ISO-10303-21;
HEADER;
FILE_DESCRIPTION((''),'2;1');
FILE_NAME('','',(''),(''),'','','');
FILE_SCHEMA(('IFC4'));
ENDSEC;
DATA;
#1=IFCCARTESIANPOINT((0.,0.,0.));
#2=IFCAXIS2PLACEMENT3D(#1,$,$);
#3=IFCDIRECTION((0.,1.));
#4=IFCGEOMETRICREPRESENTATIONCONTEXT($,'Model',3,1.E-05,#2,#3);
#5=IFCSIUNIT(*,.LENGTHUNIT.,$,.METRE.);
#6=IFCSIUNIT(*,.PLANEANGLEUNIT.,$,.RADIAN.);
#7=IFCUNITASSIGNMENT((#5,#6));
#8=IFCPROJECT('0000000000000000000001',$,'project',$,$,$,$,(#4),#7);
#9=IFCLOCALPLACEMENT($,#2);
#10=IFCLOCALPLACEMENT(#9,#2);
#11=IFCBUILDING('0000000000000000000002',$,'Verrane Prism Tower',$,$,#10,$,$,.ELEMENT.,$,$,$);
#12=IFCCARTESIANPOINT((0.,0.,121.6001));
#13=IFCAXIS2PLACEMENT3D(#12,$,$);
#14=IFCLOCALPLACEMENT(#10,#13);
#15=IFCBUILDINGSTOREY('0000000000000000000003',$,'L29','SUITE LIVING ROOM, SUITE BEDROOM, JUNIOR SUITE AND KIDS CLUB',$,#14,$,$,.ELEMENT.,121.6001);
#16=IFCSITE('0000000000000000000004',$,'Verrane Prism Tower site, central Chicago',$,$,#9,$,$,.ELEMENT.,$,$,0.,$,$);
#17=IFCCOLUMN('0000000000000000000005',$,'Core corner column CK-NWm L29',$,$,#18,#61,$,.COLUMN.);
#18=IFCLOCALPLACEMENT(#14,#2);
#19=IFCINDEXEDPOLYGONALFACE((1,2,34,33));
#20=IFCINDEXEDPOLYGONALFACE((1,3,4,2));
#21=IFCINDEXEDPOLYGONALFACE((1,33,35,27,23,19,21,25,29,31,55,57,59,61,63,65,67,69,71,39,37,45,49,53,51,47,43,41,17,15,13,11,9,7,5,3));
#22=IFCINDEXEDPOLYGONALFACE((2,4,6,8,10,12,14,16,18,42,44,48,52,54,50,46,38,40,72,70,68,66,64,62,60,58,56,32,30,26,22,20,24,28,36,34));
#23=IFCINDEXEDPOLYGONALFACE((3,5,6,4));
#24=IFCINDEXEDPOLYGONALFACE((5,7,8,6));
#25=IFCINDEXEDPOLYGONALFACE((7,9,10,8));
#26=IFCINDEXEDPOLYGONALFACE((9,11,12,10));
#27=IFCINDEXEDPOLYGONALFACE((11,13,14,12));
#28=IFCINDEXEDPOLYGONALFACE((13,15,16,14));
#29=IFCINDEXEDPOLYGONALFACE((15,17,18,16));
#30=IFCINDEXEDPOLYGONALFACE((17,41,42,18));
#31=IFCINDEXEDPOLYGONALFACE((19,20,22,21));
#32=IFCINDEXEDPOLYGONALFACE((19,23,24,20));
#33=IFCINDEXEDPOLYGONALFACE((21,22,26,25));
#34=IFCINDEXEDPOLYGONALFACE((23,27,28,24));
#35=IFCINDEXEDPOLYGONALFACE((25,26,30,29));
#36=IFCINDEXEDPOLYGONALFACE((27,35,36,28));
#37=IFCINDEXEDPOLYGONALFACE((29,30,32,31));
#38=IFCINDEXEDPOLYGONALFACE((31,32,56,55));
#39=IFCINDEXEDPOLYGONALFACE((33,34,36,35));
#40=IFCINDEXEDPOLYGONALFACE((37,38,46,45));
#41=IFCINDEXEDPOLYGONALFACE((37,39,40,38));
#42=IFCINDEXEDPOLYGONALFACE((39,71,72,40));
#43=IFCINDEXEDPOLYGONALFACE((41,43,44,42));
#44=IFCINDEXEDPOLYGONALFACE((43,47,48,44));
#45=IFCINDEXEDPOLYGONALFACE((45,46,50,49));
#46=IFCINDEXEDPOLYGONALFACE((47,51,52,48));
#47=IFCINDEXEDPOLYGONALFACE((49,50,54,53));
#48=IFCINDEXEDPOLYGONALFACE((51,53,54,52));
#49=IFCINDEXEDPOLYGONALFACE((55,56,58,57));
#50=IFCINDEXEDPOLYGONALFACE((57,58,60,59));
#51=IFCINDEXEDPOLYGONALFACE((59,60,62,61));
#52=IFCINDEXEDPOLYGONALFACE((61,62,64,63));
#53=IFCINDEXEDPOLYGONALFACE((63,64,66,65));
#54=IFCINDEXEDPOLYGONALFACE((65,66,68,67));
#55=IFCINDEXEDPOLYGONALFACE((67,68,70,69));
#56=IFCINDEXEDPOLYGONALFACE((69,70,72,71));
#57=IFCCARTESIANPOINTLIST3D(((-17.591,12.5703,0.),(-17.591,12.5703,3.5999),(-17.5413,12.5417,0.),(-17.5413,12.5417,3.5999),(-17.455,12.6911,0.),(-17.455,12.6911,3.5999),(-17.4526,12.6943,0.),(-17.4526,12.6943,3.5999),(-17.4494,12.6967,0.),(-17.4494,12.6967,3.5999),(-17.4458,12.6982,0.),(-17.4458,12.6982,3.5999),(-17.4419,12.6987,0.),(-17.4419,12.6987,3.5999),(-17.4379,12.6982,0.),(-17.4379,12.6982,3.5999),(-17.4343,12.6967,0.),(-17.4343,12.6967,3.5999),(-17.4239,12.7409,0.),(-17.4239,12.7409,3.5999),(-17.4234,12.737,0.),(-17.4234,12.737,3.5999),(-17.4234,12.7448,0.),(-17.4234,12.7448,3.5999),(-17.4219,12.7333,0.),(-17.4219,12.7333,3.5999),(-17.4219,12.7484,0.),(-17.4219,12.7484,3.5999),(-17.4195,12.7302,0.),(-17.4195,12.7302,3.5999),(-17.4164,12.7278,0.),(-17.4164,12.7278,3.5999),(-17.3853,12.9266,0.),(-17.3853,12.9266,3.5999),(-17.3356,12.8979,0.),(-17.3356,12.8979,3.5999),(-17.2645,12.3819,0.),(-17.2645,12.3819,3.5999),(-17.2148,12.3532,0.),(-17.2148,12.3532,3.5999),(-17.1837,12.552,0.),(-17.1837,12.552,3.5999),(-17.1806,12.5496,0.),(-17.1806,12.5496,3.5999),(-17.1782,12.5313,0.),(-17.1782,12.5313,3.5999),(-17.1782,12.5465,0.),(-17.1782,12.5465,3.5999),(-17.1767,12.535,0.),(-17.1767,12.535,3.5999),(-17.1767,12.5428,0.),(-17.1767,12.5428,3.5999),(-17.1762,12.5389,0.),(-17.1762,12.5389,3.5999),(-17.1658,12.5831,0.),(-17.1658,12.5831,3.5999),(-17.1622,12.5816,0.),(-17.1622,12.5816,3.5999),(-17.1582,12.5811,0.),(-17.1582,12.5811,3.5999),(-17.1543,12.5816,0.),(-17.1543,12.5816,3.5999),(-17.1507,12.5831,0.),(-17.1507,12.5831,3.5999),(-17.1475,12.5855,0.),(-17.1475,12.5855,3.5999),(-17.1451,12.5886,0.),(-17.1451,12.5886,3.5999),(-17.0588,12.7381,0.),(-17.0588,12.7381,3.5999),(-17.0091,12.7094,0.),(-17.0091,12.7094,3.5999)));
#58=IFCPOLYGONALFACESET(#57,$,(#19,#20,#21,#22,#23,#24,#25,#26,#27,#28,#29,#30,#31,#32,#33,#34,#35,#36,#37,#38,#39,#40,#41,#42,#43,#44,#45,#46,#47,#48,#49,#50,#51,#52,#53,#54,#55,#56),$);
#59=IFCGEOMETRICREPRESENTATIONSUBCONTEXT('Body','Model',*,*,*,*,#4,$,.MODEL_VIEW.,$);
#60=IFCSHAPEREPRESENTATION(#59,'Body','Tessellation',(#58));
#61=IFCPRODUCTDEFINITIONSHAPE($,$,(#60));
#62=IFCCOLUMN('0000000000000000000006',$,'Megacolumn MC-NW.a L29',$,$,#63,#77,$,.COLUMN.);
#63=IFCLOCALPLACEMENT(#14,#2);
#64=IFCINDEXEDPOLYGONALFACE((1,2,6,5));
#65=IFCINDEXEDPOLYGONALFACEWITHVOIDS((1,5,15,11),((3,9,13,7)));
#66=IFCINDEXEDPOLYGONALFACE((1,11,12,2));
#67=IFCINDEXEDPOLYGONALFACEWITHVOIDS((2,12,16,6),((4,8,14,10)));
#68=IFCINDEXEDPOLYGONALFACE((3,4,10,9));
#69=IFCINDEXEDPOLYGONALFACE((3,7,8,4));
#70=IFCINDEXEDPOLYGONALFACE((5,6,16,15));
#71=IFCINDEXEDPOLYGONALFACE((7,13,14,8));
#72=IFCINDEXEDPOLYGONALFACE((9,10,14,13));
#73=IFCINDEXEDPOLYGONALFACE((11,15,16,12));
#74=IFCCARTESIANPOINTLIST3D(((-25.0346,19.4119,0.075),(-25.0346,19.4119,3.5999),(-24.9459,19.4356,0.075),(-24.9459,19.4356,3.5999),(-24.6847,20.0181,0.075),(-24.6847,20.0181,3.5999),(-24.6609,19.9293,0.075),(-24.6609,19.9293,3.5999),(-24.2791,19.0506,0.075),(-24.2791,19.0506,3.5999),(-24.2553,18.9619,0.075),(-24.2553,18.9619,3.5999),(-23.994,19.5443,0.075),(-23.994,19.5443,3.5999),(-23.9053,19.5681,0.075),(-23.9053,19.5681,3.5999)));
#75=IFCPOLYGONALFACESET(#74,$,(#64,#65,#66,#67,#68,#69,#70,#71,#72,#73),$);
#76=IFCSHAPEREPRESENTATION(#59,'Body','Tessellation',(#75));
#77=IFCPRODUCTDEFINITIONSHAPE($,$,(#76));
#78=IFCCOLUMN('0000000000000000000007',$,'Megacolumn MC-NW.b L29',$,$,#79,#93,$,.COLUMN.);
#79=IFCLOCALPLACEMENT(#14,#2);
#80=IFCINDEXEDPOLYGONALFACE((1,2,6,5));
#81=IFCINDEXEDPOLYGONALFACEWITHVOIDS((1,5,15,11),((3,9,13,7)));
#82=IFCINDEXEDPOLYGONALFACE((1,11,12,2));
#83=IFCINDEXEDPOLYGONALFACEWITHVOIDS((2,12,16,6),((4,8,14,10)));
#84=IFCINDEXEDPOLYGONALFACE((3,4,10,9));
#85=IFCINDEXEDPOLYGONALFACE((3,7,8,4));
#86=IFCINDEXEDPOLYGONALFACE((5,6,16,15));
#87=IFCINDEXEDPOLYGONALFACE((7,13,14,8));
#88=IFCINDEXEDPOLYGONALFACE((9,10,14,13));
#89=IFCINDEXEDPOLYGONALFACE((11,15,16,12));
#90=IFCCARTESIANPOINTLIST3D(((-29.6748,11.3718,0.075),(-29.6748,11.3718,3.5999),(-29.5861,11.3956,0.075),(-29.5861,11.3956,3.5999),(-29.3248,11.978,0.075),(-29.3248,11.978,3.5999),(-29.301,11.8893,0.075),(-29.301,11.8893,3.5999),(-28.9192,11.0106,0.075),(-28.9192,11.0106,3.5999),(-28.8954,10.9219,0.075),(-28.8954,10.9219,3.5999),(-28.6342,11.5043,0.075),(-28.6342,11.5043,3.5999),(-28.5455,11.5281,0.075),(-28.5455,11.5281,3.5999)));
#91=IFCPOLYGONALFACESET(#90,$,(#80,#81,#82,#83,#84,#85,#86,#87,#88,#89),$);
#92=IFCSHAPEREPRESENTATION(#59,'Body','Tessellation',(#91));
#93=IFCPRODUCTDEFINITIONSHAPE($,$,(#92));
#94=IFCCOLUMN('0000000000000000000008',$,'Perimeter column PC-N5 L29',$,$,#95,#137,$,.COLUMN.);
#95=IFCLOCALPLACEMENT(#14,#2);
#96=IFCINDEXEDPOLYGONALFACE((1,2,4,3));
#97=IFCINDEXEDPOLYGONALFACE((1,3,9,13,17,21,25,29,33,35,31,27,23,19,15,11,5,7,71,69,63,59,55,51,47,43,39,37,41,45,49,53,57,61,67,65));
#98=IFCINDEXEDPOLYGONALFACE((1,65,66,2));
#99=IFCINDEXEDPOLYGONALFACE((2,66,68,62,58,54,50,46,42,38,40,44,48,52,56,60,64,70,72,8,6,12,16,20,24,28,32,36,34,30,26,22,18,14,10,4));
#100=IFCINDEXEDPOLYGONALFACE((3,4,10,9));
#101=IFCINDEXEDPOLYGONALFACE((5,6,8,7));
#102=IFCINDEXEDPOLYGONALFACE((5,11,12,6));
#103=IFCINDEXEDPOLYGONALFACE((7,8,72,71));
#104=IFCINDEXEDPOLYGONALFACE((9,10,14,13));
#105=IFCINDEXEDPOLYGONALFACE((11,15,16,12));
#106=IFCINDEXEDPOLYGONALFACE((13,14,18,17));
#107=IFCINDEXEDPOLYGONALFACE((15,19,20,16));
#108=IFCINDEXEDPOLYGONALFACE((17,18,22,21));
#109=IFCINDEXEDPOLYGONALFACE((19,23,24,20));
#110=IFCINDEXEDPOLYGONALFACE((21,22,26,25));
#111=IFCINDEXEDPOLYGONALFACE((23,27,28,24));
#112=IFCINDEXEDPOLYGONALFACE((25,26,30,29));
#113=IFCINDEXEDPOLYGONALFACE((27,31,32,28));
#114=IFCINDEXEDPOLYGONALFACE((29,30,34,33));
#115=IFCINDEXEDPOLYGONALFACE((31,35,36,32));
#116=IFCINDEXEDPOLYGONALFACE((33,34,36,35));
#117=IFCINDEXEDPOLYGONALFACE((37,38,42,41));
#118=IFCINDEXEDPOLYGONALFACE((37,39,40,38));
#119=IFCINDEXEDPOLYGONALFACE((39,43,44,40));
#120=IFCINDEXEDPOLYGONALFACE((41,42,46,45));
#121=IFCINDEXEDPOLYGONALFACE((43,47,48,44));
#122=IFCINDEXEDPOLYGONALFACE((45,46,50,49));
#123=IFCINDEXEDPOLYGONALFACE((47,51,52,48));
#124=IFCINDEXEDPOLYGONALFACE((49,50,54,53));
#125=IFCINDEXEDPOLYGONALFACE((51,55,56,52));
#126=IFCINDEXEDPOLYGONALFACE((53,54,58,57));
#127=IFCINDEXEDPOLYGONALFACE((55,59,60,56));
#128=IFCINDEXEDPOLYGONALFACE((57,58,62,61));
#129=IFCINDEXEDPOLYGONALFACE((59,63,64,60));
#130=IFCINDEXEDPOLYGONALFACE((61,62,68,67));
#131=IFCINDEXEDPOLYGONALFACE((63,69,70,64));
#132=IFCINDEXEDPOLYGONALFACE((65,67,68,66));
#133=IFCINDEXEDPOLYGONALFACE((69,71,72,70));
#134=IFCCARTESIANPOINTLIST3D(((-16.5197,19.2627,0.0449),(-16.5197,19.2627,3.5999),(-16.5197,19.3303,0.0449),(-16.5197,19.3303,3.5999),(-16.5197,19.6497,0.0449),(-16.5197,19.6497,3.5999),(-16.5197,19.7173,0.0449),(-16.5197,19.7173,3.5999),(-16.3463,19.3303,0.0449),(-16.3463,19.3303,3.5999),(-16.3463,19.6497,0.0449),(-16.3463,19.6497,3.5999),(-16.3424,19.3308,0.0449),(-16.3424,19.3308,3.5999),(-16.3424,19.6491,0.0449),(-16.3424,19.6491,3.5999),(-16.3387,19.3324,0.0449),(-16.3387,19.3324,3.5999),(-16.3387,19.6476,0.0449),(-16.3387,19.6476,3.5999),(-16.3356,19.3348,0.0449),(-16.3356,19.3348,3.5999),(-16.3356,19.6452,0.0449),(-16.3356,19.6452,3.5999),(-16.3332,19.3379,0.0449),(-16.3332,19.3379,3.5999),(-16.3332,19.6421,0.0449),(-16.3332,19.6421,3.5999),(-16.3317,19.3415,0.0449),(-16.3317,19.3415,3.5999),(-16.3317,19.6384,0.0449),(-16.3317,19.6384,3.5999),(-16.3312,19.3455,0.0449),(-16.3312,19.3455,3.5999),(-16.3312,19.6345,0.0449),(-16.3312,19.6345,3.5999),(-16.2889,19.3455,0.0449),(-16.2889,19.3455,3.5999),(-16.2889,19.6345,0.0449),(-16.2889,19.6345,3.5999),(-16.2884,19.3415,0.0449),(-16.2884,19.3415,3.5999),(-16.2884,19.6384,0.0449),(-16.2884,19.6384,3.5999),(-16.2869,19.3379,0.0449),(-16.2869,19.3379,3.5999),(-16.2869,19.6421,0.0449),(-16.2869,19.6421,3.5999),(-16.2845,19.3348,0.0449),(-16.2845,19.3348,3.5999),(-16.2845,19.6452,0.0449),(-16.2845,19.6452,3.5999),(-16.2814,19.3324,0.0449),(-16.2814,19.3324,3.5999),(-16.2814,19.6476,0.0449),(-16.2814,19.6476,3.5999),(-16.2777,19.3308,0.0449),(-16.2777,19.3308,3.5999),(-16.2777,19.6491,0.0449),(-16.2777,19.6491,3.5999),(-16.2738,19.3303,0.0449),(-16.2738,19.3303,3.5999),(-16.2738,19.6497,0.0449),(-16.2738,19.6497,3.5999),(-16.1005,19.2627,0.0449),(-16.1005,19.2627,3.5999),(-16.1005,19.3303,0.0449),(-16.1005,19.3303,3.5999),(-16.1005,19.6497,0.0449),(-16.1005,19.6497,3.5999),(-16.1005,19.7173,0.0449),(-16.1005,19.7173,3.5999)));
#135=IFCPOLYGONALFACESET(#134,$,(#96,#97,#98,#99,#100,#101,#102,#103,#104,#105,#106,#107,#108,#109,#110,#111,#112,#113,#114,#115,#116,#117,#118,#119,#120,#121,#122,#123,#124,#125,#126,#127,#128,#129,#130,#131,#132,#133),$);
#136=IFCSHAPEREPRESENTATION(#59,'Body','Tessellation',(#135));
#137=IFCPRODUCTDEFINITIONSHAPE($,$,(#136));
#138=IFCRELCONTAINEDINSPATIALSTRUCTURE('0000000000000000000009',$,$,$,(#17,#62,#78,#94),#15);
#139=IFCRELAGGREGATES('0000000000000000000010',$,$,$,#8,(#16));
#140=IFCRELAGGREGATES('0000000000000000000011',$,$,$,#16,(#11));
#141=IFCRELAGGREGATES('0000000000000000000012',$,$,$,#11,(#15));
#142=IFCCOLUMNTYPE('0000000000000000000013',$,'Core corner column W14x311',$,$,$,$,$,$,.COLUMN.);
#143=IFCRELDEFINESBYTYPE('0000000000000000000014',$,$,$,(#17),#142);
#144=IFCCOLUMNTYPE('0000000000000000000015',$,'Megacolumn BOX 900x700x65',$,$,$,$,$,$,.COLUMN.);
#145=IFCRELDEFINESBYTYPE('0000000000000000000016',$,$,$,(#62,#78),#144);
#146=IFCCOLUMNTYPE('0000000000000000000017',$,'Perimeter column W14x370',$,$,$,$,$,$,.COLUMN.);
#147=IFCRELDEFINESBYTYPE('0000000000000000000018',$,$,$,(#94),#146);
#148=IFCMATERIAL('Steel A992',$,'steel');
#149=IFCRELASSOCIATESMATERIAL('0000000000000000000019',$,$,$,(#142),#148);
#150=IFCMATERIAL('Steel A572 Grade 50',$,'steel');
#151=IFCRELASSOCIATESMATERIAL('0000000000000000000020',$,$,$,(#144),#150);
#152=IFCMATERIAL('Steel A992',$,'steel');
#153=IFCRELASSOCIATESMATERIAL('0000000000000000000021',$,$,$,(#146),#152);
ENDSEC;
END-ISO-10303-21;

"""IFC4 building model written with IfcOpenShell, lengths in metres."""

from ifc_helpers import new_model, si_unit, direction, frame, origin, origin_2d, place, context, subcontext, project, spatial, hollow_rectangle, i_section, extrude, material, material_profile, profile_set, type_object, element, save


model = new_model("IFC4")

# Units and contexts
model_context = context("Model", 3, precision=1e-05, world=origin(), true_north=direction((0.0, 1.0)))
body_context = subcontext(model_context, "Body", "Model", "MODEL_VIEW")
ifc_project = project(units=[si_unit("LENGTHUNIT", "METRE"), si_unit("PLANEANGLEUNIT", "RADIAN")], contexts=[model_context])

# Site, building, storey
site_placement = place(None, origin())
site = spatial("IfcSite", under=ifc_project, at=site_placement, Name="Verrane Prism Tower site, central Chicago", CompositionType="ELEMENT", RefElevation=0.0)
building_placement = place(site_placement, origin())
building = spatial("IfcBuilding", under=site, at=building_placement, Name="Verrane Prism Tower", CompositionType="ELEMENT")
storey_placement = place(building_placement, frame((0.0, 0.0, 121.6001)))
storey = spatial("IfcBuildingStorey", under=building, at=storey_placement, Name="L29", Description="SUITE LIVING ROOM, SUITE BEDROOM, JUNIOR SUITE AND KIDS CLUB", CompositionType="ELEMENT", Elevation=121.6001)

# Columns
ifc_material_1 = material(Name="Steel A992", Category="steel")
ifc_material_profile_1 = material_profile(ifc_material_1, i_section(OverallWidth=0.4114, OverallDepth=0.4343, WebThickness=0.0359, FlangeThickness=0.0574, FilletRadius=0.0151, at=origin_2d()), Name="W14x311")
ifc_profile_set_1 = profile_set([ifc_material_profile_1], Name="Steel A992")
column_type_1 = type_object("IfcColumnType", Name="Core corner column W14x311", PredefinedType="COLUMN", material=ifc_profile_set_1)
column_1_placement = place(storey_placement, frame((-17.3, 12.6399, 0.0), z_axis=(0.0, 0.0, 1.0), x_axis=(0.5, 0.866025, 0.0)))
element("IfcColumn", 1, at=column_1_placement, inside=storey, type_object=column_type_1, Name="Core corner column CK-NWm L29", PredefinedType="COLUMN", context=body_context, shape_type="SweptSolid", body=[
    extrude(i_section(OverallWidth=0.4114, OverallDepth=0.4343, WebThickness=0.0359, FlangeThickness=0.0574, FilletRadius=0.0151, at=origin_2d()), origin(), (0.0, 0.0, 1.0), 3.5999),
])
ifc_material_2 = material(Name="Steel A572 Grade 50", Category="steel")
ifc_material_profile_2 = material_profile(ifc_material_2, hollow_rectangle(XDim=0.7, YDim=0.8999, WallThickness=0.0649, at=origin_2d()), Name="BOX 900x700x65")
ifc_profile_set_2 = profile_set([ifc_material_profile_2], Name="Steel A572 Grade 50")
column_type_2 = type_object("IfcColumnType", Name="Megacolumn BOX 900x700x65", PredefinedType="COLUMN", material=ifc_profile_set_2)
for number, where, z_axis, x_axis, name in (
    (2, (-24.47, 19.49, 0.075), (0.0, 0.0, 1.0), (0.5, 0.866025, 0.0), "Megacolumn MC-NW.a L29"),
    (3, (-29.1101, 11.45, 0.075), (0.0, 0.0, 1.0), (0.5, 0.866025, 0.0), "Megacolumn MC-NW.b L29"),
):
    element("IfcColumn", number, at=place(storey_placement, frame(where, z_axis=z_axis, x_axis=x_axis)), inside=storey, type_object=column_type_2, Name=name, PredefinedType="COLUMN", context=body_context, shape_type="SweptSolid", body=[
        extrude(hollow_rectangle(XDim=0.7, YDim=0.8999, WallThickness=0.0649, at=origin_2d()), origin(), (0.0, 0.0, 1.0), 3.5249),
    ])
ifc_material_3 = material(Name="Steel A992", Category="steel")
ifc_material_profile_3 = material_profile(ifc_material_3, i_section(OverallWidth=0.4192, OverallDepth=0.4546, WebThickness=0.0422, FlangeThickness=0.0676, FilletRadius=0.0151, at=origin_2d()), Name="W14x370")
ifc_profile_set_3 = profile_set([ifc_material_profile_3], Name="Steel A992")
column_type_3 = type_object("IfcColumnType", Name="Perimeter column W14x370", PredefinedType="COLUMN", material=ifc_profile_set_3)
column_2_placement = place(storey_placement, frame((-16.3101, 19.49, 0.0449), z_axis=(0.0, 0.0, 1.0), x_axis=(1.0, 0.0, 0.0)))
element("IfcColumn", 4, at=column_2_placement, inside=storey, type_object=column_type_3, Name="Perimeter column PC-N5 L29", PredefinedType="COLUMN", context=body_context, shape_type="SweptSolid", body=[
    extrude(i_section(OverallWidth=0.4192, OverallDepth=0.4546, WebThickness=0.0422, FlangeThickness=0.0676, FilletRadius=0.0151, at=origin_2d()), origin(), (0.0, 0.0, 1.0), 3.5549),
])

save(model, "model.ifc")
